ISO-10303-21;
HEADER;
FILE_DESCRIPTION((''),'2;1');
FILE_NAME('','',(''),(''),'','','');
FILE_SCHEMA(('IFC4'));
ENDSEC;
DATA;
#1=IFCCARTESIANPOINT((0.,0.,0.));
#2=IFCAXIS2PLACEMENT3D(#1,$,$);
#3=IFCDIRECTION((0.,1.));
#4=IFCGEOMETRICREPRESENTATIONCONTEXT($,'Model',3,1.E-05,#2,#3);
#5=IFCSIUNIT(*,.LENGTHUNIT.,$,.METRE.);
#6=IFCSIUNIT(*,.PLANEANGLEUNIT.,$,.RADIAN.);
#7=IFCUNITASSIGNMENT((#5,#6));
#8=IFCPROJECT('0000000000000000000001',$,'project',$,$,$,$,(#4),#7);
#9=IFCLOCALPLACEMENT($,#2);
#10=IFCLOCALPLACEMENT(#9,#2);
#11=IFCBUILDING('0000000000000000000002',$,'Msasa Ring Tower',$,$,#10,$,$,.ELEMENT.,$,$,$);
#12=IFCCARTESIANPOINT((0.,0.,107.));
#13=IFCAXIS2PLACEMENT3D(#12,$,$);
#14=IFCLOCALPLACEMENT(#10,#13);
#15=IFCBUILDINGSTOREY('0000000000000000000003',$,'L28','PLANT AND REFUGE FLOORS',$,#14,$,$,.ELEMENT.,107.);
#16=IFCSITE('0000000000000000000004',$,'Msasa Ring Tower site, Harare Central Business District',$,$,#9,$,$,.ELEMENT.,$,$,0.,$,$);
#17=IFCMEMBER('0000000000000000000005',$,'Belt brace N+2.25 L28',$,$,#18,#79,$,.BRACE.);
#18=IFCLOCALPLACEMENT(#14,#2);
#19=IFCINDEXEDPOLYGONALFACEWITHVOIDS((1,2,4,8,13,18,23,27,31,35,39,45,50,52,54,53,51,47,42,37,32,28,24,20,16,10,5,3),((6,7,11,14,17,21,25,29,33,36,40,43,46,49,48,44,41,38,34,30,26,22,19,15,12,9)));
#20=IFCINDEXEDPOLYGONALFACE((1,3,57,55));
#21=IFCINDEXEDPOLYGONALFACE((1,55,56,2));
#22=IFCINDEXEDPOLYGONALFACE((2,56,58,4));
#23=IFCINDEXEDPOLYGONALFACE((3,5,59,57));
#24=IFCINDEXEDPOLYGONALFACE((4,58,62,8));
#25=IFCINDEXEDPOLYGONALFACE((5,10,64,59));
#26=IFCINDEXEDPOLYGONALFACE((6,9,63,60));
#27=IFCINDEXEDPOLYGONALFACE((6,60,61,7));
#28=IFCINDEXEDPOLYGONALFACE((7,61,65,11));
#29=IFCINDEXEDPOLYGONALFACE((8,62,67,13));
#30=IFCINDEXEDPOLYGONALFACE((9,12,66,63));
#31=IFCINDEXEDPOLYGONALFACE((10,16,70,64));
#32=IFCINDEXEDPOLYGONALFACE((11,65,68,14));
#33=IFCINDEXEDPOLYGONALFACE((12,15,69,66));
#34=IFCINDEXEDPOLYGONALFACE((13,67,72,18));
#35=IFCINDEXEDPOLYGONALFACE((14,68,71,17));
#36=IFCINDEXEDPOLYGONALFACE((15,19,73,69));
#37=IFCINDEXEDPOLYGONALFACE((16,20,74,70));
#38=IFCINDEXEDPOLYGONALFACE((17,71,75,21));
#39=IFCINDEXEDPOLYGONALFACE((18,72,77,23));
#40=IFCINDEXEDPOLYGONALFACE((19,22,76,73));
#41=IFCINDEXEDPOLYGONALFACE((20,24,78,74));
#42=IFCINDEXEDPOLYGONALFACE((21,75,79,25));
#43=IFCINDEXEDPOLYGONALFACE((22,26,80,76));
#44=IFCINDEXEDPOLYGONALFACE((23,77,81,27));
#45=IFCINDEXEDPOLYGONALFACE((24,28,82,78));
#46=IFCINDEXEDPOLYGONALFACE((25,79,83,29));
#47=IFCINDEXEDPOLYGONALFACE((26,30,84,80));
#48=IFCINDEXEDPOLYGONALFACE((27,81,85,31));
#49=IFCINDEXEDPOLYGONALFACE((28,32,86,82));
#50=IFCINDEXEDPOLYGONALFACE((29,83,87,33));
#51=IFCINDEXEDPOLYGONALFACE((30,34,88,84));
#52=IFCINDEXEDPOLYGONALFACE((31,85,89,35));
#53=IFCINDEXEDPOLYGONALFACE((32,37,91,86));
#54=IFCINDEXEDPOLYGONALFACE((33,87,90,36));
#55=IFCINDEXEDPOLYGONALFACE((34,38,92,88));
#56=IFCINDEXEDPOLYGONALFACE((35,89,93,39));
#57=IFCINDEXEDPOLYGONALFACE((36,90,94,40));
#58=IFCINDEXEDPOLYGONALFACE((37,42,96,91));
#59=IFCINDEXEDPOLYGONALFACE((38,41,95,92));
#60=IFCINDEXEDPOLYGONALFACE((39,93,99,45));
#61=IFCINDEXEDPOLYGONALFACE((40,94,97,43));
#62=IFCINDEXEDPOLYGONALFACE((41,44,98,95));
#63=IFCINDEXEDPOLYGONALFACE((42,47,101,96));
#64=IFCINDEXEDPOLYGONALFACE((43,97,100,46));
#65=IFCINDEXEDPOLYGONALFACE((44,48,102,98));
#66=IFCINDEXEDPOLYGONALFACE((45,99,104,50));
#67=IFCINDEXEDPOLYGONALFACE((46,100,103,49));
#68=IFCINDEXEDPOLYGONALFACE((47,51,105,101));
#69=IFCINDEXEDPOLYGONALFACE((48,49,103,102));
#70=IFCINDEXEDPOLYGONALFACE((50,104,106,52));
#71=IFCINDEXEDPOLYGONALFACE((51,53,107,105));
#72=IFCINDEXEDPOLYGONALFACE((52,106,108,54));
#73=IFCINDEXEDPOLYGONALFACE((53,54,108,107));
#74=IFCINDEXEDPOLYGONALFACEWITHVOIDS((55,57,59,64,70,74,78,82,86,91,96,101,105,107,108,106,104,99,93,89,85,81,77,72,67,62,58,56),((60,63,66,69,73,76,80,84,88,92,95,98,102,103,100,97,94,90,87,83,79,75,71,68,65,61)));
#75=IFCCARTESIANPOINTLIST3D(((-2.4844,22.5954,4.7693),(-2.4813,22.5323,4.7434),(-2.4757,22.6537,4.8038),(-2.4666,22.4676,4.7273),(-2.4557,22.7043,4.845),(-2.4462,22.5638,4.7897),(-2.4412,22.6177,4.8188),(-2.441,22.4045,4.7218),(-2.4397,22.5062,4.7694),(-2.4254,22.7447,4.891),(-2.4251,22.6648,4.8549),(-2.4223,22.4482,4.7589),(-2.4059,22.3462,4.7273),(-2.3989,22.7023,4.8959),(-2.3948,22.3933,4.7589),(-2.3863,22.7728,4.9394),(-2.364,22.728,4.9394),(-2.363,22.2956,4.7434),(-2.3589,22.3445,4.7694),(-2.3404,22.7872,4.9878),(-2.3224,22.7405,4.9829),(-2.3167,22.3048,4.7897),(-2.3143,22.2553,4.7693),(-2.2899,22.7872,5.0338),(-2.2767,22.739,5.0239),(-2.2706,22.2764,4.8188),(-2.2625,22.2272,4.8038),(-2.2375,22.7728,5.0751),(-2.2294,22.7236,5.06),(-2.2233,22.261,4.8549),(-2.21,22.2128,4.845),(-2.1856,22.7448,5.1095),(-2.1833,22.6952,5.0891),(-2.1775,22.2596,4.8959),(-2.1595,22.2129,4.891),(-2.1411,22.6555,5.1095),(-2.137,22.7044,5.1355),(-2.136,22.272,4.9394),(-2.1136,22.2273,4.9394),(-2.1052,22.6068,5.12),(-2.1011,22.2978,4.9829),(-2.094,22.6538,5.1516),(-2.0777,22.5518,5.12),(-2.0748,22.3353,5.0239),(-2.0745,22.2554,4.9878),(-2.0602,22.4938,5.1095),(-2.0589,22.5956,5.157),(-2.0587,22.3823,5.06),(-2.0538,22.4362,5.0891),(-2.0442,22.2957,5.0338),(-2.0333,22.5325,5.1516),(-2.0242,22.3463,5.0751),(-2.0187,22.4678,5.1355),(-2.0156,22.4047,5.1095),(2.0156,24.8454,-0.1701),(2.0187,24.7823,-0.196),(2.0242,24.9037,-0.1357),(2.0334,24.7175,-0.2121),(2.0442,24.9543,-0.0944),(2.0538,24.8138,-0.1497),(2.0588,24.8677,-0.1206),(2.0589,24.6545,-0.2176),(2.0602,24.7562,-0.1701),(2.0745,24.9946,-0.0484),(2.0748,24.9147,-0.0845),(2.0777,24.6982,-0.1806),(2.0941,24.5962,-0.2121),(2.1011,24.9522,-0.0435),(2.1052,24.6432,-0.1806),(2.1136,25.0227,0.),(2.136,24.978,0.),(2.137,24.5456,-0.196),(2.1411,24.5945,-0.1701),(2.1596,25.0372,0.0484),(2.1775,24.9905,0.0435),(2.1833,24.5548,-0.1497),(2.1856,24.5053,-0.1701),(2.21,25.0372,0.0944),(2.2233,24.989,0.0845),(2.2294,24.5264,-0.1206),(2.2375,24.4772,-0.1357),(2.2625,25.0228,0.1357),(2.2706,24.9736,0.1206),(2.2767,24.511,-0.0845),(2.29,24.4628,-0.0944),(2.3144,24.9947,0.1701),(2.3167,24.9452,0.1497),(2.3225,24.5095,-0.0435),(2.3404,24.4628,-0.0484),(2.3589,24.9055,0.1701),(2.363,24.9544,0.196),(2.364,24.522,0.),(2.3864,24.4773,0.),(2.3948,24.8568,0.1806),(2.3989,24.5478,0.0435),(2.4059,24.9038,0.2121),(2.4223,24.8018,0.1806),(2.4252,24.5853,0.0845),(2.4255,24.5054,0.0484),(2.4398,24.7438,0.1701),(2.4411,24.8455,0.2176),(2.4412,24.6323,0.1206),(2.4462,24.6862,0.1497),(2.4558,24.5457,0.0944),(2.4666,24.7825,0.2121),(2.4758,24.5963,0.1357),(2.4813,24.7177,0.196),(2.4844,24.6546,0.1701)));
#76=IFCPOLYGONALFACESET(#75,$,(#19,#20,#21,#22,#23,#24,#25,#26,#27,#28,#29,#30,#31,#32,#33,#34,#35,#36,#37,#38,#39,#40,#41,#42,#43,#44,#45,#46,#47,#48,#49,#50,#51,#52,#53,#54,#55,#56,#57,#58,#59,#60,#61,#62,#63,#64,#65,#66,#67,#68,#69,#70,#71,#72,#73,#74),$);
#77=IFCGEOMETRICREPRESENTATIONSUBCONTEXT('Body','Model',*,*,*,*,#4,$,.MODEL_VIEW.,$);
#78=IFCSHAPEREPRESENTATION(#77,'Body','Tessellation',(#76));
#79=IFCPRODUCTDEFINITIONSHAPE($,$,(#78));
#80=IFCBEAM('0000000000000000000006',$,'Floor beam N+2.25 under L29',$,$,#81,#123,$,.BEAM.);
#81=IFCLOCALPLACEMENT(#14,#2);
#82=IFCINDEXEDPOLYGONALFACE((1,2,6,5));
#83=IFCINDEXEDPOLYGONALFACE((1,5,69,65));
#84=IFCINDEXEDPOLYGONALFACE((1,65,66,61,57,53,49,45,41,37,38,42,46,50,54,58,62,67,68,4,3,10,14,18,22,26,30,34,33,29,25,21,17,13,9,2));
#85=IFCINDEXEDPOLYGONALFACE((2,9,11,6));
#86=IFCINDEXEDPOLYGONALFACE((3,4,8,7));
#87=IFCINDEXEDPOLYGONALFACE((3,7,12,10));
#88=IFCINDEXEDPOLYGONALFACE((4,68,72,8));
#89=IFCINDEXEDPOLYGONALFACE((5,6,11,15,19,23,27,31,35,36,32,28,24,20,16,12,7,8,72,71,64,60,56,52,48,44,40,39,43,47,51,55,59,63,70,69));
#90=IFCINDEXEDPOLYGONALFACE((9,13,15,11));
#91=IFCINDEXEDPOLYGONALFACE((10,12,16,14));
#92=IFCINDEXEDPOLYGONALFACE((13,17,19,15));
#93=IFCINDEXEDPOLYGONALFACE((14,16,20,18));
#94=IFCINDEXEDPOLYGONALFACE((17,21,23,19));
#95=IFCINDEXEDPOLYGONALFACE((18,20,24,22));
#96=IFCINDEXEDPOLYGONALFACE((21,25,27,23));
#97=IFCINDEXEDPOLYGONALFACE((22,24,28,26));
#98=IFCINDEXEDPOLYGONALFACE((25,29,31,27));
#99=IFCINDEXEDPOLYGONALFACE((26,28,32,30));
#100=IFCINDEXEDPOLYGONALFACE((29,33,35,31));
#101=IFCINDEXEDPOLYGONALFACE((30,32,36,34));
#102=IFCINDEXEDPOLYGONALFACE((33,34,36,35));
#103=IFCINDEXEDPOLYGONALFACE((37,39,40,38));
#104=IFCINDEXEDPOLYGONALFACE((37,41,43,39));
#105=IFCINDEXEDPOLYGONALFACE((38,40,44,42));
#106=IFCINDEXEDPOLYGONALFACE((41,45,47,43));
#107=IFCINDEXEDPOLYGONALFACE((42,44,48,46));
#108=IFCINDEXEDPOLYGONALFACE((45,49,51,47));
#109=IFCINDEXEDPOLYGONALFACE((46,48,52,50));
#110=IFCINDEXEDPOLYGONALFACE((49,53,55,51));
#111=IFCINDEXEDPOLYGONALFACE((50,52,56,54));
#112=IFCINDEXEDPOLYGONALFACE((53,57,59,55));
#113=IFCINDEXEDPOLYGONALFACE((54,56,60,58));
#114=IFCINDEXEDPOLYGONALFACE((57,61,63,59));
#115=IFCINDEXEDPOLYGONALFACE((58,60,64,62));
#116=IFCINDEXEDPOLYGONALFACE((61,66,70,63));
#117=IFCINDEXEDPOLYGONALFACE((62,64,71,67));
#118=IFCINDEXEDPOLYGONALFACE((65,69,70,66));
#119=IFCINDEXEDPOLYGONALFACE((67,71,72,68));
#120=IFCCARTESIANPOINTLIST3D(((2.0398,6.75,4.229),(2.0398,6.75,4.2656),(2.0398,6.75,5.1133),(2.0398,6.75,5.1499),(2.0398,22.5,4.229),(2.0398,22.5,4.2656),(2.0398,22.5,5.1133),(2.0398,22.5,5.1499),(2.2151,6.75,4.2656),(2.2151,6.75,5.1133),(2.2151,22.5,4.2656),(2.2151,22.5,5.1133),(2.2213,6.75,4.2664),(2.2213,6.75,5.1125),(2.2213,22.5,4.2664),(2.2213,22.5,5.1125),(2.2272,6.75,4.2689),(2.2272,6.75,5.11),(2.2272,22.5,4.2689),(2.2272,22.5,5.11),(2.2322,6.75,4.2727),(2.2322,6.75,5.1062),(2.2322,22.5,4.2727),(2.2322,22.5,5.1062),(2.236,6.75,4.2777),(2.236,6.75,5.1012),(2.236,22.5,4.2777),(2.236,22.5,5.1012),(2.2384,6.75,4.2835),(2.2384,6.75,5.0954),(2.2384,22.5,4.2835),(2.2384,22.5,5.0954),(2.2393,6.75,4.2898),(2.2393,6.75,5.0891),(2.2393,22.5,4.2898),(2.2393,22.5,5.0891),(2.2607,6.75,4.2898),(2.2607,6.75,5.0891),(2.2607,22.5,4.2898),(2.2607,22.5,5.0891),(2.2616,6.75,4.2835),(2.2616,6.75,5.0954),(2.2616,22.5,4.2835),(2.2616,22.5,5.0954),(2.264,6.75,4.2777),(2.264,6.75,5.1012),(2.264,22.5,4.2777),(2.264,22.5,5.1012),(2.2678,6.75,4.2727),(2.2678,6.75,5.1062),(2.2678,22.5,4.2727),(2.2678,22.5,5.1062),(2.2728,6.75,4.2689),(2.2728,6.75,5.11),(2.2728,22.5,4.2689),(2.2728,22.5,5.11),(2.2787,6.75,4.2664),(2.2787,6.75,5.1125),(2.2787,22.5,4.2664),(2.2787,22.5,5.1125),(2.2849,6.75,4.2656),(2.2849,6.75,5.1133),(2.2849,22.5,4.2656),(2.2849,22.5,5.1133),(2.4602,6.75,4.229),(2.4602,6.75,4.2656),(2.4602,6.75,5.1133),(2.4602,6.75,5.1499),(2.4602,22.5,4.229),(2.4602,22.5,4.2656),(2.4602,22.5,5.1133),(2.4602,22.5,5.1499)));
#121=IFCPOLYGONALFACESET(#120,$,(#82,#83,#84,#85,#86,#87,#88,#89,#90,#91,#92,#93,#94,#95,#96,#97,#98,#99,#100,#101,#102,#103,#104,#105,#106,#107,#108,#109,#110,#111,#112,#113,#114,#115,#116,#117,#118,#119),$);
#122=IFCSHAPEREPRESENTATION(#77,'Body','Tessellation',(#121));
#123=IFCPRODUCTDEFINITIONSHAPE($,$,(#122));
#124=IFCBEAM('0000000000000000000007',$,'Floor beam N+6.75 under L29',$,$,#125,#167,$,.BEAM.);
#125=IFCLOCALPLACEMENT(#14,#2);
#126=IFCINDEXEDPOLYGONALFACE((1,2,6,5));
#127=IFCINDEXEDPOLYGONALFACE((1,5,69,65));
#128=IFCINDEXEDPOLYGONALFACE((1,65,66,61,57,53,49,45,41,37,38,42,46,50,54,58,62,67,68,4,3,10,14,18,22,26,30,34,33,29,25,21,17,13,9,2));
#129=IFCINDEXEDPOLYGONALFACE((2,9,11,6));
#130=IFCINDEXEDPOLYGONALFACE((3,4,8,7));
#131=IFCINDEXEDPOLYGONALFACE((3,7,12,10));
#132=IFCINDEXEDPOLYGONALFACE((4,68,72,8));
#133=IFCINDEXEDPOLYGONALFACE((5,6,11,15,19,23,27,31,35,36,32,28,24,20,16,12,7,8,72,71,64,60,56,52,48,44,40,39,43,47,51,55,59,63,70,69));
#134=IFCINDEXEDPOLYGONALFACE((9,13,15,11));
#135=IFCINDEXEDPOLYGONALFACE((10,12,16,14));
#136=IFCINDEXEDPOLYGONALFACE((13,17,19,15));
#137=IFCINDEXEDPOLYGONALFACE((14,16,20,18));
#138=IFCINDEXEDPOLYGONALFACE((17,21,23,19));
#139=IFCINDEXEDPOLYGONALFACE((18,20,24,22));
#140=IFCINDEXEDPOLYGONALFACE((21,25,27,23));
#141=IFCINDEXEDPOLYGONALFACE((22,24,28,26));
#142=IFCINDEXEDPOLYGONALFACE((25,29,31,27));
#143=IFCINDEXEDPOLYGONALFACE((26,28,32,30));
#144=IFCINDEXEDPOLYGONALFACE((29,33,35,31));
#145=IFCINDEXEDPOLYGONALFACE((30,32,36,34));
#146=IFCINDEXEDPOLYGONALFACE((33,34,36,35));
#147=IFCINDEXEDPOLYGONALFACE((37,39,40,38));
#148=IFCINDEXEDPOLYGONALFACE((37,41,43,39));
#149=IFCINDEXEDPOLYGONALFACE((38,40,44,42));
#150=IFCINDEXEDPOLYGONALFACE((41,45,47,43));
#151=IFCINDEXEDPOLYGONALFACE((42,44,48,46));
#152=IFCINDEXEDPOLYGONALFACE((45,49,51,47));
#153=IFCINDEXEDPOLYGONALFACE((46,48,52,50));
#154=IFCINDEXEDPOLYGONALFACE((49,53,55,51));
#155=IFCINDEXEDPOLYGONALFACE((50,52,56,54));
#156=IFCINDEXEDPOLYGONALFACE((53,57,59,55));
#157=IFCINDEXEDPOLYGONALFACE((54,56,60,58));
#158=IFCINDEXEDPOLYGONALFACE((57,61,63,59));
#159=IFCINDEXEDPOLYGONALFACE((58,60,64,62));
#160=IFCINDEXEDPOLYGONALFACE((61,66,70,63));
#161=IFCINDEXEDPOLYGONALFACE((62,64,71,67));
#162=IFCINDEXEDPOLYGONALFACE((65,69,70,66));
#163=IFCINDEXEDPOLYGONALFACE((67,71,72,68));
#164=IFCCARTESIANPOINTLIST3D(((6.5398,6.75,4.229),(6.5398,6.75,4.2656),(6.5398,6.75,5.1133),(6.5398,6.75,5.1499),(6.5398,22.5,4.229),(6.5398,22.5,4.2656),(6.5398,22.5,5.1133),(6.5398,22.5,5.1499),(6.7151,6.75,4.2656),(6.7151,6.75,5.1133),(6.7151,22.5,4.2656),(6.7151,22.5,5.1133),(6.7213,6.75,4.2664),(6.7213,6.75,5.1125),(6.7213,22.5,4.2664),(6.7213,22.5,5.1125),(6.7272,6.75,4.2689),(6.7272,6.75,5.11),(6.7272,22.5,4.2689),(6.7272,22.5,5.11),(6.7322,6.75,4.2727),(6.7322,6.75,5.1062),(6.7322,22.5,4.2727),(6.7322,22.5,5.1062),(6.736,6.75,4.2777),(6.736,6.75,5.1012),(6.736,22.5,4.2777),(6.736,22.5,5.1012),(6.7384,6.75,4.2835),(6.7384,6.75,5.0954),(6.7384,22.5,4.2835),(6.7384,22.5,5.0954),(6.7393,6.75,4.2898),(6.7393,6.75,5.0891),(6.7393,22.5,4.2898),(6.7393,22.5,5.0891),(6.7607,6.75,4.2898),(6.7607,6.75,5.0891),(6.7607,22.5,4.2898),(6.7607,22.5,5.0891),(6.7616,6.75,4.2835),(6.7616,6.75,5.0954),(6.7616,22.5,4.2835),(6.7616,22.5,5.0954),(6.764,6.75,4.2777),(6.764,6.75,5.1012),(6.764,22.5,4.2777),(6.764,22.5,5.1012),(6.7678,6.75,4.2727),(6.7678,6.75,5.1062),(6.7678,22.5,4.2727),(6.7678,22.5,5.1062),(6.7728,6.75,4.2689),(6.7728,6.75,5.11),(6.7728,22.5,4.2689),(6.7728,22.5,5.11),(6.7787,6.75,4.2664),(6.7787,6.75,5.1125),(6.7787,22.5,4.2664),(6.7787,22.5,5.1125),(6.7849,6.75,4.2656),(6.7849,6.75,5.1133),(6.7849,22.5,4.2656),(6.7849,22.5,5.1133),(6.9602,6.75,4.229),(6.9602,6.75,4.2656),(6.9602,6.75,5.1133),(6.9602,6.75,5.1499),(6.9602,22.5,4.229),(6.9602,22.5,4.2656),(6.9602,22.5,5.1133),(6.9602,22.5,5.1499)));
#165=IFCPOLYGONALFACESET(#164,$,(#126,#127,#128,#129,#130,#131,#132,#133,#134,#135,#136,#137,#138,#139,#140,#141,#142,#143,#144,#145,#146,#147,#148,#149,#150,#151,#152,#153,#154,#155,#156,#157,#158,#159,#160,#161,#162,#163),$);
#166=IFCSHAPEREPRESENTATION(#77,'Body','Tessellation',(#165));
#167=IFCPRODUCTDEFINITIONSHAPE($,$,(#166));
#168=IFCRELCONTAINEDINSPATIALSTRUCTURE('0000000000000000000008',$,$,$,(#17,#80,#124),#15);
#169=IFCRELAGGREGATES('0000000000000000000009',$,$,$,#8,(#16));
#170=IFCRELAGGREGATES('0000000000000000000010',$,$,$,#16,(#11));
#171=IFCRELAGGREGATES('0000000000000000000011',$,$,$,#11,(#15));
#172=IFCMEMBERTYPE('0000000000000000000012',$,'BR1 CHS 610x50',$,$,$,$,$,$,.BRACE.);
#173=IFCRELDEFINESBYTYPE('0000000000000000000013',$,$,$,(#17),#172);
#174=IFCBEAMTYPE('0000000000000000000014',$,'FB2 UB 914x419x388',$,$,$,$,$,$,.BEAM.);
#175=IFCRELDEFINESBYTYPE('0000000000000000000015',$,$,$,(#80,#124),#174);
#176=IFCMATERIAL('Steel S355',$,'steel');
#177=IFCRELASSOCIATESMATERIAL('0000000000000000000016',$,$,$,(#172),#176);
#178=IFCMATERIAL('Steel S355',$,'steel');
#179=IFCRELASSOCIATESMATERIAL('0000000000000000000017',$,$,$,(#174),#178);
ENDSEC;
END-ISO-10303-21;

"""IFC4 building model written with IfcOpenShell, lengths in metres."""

from ifc_helpers import new_model, si_unit, direction, frame, origin, origin_2d, place, context, subcontext, project, spatial, hollow_circle, i_section, extrude, material, material_profile, profile_set, type_object, element, save


model = new_model("IFC4")

# Units and contexts
model_context = context("Model", 3, precision=1e-05, world=origin(), true_north=direction((0.0, 1.0)))
body_context = subcontext(model_context, "Body", "Model", "MODEL_VIEW")
ifc_project = project(units=[si_unit("LENGTHUNIT", "METRE"), si_unit("PLANEANGLEUNIT", "RADIAN")], contexts=[model_context])

# Site, building, storey
site_placement = place(None, origin())
site = spatial("IfcSite", under=ifc_project, at=site_placement, Name="Msasa Ring Tower site, Harare Central Business District", CompositionType="ELEMENT", RefElevation=0.0)
building_placement = place(site_placement, origin())
building = spatial("IfcBuilding", under=site, at=building_placement, Name="Msasa Ring Tower", CompositionType="ELEMENT")
storey_placement = place(building_placement, frame((0.0, 0.0, 107.0)))
storey = spatial("IfcBuildingStorey", under=building, at=storey_placement, Name="L28", Description="PLANT AND REFUGE FLOORS", CompositionType="ELEMENT", Elevation=107.0)

# Member
ifc_material_1 = material(Name="Steel S355", Category="steel")
ifc_material_profile_1 = material_profile(ifc_material_1, hollow_circle(Radius=0.3049, WallThickness=0.05, at=origin_2d()), Name="CHS 610x50")
ifc_profile_set_1 = profile_set([ifc_material_profile_1], Name="Steel S355")
member_type = type_object("IfcMemberType", Name="BR1 CHS 610x50", PredefinedType="BRACE", material=ifc_profile_set_1)
for number, where, z_axis, x_axis, name in (
    (1, (2.25, 24.75, 0.0), (-0.638245, -0.319123, 0.700574), (0.447214, -0.894427, 0.0), "Belt brace N+2.25 L28"),
):
    element("IfcMember", number, at=place(storey_placement, frame(where, z_axis=z_axis, x_axis=x_axis)), inside=storey, type_object=member_type, Name=name, PredefinedType="BRACE", context=body_context, shape_type="SweptSolid", body=[
        extrude(hollow_circle(Radius=0.3049, WallThickness=0.05, at=origin_2d()), origin(), (0.0, 0.0, 1.0), 7.0505),
    ])

# Beams
ifc_material_2 = material(Name="Steel S355", Category="steel")
ifc_material_profile_2 = material_profile(ifc_material_2, i_section(OverallWidth=0.4204, OverallDepth=0.9209, WebThickness=0.0215, FlangeThickness=0.0366, FilletRadius=0.0242, at=origin_2d()), Name="UB 914x419x388")
ifc_profile_set_2 = profile_set([ifc_material_profile_2], Name="Steel S355")
beam_type_1 = type_object("IfcBeamType", Name="FB2 UB 914x419x388", PredefinedType="BEAM", material=ifc_profile_set_2)
for number, where, z_axis, x_axis, name in (
    (2, (2.25, 22.5, 4.6895), (0.0, -1.0, 0.0), (1.0, 0.0, 0.0), "Floor beam N+2.25 under L29"),
    (3, (6.75, 22.5, 4.6895), (0.0, -1.0, 0.0), (1.0, 0.0, 0.0), "Floor beam N+6.75 under L29"),
):
    element("IfcBeam", number, at=place(storey_placement, frame(where, z_axis=z_axis, x_axis=x_axis)), inside=storey, type_object=beam_type_1, Name=name, PredefinedType="BEAM", context=body_context, shape_type="SweptSolid", body=[
        extrude(i_section(OverallWidth=0.4204, OverallDepth=0.9209, WebThickness=0.0215, FlangeThickness=0.0366, FilletRadius=0.0242, at=origin_2d()), origin(), (0.0, 0.0, 1.0), 15.75),
    ])

save(model, "model.ifc")
